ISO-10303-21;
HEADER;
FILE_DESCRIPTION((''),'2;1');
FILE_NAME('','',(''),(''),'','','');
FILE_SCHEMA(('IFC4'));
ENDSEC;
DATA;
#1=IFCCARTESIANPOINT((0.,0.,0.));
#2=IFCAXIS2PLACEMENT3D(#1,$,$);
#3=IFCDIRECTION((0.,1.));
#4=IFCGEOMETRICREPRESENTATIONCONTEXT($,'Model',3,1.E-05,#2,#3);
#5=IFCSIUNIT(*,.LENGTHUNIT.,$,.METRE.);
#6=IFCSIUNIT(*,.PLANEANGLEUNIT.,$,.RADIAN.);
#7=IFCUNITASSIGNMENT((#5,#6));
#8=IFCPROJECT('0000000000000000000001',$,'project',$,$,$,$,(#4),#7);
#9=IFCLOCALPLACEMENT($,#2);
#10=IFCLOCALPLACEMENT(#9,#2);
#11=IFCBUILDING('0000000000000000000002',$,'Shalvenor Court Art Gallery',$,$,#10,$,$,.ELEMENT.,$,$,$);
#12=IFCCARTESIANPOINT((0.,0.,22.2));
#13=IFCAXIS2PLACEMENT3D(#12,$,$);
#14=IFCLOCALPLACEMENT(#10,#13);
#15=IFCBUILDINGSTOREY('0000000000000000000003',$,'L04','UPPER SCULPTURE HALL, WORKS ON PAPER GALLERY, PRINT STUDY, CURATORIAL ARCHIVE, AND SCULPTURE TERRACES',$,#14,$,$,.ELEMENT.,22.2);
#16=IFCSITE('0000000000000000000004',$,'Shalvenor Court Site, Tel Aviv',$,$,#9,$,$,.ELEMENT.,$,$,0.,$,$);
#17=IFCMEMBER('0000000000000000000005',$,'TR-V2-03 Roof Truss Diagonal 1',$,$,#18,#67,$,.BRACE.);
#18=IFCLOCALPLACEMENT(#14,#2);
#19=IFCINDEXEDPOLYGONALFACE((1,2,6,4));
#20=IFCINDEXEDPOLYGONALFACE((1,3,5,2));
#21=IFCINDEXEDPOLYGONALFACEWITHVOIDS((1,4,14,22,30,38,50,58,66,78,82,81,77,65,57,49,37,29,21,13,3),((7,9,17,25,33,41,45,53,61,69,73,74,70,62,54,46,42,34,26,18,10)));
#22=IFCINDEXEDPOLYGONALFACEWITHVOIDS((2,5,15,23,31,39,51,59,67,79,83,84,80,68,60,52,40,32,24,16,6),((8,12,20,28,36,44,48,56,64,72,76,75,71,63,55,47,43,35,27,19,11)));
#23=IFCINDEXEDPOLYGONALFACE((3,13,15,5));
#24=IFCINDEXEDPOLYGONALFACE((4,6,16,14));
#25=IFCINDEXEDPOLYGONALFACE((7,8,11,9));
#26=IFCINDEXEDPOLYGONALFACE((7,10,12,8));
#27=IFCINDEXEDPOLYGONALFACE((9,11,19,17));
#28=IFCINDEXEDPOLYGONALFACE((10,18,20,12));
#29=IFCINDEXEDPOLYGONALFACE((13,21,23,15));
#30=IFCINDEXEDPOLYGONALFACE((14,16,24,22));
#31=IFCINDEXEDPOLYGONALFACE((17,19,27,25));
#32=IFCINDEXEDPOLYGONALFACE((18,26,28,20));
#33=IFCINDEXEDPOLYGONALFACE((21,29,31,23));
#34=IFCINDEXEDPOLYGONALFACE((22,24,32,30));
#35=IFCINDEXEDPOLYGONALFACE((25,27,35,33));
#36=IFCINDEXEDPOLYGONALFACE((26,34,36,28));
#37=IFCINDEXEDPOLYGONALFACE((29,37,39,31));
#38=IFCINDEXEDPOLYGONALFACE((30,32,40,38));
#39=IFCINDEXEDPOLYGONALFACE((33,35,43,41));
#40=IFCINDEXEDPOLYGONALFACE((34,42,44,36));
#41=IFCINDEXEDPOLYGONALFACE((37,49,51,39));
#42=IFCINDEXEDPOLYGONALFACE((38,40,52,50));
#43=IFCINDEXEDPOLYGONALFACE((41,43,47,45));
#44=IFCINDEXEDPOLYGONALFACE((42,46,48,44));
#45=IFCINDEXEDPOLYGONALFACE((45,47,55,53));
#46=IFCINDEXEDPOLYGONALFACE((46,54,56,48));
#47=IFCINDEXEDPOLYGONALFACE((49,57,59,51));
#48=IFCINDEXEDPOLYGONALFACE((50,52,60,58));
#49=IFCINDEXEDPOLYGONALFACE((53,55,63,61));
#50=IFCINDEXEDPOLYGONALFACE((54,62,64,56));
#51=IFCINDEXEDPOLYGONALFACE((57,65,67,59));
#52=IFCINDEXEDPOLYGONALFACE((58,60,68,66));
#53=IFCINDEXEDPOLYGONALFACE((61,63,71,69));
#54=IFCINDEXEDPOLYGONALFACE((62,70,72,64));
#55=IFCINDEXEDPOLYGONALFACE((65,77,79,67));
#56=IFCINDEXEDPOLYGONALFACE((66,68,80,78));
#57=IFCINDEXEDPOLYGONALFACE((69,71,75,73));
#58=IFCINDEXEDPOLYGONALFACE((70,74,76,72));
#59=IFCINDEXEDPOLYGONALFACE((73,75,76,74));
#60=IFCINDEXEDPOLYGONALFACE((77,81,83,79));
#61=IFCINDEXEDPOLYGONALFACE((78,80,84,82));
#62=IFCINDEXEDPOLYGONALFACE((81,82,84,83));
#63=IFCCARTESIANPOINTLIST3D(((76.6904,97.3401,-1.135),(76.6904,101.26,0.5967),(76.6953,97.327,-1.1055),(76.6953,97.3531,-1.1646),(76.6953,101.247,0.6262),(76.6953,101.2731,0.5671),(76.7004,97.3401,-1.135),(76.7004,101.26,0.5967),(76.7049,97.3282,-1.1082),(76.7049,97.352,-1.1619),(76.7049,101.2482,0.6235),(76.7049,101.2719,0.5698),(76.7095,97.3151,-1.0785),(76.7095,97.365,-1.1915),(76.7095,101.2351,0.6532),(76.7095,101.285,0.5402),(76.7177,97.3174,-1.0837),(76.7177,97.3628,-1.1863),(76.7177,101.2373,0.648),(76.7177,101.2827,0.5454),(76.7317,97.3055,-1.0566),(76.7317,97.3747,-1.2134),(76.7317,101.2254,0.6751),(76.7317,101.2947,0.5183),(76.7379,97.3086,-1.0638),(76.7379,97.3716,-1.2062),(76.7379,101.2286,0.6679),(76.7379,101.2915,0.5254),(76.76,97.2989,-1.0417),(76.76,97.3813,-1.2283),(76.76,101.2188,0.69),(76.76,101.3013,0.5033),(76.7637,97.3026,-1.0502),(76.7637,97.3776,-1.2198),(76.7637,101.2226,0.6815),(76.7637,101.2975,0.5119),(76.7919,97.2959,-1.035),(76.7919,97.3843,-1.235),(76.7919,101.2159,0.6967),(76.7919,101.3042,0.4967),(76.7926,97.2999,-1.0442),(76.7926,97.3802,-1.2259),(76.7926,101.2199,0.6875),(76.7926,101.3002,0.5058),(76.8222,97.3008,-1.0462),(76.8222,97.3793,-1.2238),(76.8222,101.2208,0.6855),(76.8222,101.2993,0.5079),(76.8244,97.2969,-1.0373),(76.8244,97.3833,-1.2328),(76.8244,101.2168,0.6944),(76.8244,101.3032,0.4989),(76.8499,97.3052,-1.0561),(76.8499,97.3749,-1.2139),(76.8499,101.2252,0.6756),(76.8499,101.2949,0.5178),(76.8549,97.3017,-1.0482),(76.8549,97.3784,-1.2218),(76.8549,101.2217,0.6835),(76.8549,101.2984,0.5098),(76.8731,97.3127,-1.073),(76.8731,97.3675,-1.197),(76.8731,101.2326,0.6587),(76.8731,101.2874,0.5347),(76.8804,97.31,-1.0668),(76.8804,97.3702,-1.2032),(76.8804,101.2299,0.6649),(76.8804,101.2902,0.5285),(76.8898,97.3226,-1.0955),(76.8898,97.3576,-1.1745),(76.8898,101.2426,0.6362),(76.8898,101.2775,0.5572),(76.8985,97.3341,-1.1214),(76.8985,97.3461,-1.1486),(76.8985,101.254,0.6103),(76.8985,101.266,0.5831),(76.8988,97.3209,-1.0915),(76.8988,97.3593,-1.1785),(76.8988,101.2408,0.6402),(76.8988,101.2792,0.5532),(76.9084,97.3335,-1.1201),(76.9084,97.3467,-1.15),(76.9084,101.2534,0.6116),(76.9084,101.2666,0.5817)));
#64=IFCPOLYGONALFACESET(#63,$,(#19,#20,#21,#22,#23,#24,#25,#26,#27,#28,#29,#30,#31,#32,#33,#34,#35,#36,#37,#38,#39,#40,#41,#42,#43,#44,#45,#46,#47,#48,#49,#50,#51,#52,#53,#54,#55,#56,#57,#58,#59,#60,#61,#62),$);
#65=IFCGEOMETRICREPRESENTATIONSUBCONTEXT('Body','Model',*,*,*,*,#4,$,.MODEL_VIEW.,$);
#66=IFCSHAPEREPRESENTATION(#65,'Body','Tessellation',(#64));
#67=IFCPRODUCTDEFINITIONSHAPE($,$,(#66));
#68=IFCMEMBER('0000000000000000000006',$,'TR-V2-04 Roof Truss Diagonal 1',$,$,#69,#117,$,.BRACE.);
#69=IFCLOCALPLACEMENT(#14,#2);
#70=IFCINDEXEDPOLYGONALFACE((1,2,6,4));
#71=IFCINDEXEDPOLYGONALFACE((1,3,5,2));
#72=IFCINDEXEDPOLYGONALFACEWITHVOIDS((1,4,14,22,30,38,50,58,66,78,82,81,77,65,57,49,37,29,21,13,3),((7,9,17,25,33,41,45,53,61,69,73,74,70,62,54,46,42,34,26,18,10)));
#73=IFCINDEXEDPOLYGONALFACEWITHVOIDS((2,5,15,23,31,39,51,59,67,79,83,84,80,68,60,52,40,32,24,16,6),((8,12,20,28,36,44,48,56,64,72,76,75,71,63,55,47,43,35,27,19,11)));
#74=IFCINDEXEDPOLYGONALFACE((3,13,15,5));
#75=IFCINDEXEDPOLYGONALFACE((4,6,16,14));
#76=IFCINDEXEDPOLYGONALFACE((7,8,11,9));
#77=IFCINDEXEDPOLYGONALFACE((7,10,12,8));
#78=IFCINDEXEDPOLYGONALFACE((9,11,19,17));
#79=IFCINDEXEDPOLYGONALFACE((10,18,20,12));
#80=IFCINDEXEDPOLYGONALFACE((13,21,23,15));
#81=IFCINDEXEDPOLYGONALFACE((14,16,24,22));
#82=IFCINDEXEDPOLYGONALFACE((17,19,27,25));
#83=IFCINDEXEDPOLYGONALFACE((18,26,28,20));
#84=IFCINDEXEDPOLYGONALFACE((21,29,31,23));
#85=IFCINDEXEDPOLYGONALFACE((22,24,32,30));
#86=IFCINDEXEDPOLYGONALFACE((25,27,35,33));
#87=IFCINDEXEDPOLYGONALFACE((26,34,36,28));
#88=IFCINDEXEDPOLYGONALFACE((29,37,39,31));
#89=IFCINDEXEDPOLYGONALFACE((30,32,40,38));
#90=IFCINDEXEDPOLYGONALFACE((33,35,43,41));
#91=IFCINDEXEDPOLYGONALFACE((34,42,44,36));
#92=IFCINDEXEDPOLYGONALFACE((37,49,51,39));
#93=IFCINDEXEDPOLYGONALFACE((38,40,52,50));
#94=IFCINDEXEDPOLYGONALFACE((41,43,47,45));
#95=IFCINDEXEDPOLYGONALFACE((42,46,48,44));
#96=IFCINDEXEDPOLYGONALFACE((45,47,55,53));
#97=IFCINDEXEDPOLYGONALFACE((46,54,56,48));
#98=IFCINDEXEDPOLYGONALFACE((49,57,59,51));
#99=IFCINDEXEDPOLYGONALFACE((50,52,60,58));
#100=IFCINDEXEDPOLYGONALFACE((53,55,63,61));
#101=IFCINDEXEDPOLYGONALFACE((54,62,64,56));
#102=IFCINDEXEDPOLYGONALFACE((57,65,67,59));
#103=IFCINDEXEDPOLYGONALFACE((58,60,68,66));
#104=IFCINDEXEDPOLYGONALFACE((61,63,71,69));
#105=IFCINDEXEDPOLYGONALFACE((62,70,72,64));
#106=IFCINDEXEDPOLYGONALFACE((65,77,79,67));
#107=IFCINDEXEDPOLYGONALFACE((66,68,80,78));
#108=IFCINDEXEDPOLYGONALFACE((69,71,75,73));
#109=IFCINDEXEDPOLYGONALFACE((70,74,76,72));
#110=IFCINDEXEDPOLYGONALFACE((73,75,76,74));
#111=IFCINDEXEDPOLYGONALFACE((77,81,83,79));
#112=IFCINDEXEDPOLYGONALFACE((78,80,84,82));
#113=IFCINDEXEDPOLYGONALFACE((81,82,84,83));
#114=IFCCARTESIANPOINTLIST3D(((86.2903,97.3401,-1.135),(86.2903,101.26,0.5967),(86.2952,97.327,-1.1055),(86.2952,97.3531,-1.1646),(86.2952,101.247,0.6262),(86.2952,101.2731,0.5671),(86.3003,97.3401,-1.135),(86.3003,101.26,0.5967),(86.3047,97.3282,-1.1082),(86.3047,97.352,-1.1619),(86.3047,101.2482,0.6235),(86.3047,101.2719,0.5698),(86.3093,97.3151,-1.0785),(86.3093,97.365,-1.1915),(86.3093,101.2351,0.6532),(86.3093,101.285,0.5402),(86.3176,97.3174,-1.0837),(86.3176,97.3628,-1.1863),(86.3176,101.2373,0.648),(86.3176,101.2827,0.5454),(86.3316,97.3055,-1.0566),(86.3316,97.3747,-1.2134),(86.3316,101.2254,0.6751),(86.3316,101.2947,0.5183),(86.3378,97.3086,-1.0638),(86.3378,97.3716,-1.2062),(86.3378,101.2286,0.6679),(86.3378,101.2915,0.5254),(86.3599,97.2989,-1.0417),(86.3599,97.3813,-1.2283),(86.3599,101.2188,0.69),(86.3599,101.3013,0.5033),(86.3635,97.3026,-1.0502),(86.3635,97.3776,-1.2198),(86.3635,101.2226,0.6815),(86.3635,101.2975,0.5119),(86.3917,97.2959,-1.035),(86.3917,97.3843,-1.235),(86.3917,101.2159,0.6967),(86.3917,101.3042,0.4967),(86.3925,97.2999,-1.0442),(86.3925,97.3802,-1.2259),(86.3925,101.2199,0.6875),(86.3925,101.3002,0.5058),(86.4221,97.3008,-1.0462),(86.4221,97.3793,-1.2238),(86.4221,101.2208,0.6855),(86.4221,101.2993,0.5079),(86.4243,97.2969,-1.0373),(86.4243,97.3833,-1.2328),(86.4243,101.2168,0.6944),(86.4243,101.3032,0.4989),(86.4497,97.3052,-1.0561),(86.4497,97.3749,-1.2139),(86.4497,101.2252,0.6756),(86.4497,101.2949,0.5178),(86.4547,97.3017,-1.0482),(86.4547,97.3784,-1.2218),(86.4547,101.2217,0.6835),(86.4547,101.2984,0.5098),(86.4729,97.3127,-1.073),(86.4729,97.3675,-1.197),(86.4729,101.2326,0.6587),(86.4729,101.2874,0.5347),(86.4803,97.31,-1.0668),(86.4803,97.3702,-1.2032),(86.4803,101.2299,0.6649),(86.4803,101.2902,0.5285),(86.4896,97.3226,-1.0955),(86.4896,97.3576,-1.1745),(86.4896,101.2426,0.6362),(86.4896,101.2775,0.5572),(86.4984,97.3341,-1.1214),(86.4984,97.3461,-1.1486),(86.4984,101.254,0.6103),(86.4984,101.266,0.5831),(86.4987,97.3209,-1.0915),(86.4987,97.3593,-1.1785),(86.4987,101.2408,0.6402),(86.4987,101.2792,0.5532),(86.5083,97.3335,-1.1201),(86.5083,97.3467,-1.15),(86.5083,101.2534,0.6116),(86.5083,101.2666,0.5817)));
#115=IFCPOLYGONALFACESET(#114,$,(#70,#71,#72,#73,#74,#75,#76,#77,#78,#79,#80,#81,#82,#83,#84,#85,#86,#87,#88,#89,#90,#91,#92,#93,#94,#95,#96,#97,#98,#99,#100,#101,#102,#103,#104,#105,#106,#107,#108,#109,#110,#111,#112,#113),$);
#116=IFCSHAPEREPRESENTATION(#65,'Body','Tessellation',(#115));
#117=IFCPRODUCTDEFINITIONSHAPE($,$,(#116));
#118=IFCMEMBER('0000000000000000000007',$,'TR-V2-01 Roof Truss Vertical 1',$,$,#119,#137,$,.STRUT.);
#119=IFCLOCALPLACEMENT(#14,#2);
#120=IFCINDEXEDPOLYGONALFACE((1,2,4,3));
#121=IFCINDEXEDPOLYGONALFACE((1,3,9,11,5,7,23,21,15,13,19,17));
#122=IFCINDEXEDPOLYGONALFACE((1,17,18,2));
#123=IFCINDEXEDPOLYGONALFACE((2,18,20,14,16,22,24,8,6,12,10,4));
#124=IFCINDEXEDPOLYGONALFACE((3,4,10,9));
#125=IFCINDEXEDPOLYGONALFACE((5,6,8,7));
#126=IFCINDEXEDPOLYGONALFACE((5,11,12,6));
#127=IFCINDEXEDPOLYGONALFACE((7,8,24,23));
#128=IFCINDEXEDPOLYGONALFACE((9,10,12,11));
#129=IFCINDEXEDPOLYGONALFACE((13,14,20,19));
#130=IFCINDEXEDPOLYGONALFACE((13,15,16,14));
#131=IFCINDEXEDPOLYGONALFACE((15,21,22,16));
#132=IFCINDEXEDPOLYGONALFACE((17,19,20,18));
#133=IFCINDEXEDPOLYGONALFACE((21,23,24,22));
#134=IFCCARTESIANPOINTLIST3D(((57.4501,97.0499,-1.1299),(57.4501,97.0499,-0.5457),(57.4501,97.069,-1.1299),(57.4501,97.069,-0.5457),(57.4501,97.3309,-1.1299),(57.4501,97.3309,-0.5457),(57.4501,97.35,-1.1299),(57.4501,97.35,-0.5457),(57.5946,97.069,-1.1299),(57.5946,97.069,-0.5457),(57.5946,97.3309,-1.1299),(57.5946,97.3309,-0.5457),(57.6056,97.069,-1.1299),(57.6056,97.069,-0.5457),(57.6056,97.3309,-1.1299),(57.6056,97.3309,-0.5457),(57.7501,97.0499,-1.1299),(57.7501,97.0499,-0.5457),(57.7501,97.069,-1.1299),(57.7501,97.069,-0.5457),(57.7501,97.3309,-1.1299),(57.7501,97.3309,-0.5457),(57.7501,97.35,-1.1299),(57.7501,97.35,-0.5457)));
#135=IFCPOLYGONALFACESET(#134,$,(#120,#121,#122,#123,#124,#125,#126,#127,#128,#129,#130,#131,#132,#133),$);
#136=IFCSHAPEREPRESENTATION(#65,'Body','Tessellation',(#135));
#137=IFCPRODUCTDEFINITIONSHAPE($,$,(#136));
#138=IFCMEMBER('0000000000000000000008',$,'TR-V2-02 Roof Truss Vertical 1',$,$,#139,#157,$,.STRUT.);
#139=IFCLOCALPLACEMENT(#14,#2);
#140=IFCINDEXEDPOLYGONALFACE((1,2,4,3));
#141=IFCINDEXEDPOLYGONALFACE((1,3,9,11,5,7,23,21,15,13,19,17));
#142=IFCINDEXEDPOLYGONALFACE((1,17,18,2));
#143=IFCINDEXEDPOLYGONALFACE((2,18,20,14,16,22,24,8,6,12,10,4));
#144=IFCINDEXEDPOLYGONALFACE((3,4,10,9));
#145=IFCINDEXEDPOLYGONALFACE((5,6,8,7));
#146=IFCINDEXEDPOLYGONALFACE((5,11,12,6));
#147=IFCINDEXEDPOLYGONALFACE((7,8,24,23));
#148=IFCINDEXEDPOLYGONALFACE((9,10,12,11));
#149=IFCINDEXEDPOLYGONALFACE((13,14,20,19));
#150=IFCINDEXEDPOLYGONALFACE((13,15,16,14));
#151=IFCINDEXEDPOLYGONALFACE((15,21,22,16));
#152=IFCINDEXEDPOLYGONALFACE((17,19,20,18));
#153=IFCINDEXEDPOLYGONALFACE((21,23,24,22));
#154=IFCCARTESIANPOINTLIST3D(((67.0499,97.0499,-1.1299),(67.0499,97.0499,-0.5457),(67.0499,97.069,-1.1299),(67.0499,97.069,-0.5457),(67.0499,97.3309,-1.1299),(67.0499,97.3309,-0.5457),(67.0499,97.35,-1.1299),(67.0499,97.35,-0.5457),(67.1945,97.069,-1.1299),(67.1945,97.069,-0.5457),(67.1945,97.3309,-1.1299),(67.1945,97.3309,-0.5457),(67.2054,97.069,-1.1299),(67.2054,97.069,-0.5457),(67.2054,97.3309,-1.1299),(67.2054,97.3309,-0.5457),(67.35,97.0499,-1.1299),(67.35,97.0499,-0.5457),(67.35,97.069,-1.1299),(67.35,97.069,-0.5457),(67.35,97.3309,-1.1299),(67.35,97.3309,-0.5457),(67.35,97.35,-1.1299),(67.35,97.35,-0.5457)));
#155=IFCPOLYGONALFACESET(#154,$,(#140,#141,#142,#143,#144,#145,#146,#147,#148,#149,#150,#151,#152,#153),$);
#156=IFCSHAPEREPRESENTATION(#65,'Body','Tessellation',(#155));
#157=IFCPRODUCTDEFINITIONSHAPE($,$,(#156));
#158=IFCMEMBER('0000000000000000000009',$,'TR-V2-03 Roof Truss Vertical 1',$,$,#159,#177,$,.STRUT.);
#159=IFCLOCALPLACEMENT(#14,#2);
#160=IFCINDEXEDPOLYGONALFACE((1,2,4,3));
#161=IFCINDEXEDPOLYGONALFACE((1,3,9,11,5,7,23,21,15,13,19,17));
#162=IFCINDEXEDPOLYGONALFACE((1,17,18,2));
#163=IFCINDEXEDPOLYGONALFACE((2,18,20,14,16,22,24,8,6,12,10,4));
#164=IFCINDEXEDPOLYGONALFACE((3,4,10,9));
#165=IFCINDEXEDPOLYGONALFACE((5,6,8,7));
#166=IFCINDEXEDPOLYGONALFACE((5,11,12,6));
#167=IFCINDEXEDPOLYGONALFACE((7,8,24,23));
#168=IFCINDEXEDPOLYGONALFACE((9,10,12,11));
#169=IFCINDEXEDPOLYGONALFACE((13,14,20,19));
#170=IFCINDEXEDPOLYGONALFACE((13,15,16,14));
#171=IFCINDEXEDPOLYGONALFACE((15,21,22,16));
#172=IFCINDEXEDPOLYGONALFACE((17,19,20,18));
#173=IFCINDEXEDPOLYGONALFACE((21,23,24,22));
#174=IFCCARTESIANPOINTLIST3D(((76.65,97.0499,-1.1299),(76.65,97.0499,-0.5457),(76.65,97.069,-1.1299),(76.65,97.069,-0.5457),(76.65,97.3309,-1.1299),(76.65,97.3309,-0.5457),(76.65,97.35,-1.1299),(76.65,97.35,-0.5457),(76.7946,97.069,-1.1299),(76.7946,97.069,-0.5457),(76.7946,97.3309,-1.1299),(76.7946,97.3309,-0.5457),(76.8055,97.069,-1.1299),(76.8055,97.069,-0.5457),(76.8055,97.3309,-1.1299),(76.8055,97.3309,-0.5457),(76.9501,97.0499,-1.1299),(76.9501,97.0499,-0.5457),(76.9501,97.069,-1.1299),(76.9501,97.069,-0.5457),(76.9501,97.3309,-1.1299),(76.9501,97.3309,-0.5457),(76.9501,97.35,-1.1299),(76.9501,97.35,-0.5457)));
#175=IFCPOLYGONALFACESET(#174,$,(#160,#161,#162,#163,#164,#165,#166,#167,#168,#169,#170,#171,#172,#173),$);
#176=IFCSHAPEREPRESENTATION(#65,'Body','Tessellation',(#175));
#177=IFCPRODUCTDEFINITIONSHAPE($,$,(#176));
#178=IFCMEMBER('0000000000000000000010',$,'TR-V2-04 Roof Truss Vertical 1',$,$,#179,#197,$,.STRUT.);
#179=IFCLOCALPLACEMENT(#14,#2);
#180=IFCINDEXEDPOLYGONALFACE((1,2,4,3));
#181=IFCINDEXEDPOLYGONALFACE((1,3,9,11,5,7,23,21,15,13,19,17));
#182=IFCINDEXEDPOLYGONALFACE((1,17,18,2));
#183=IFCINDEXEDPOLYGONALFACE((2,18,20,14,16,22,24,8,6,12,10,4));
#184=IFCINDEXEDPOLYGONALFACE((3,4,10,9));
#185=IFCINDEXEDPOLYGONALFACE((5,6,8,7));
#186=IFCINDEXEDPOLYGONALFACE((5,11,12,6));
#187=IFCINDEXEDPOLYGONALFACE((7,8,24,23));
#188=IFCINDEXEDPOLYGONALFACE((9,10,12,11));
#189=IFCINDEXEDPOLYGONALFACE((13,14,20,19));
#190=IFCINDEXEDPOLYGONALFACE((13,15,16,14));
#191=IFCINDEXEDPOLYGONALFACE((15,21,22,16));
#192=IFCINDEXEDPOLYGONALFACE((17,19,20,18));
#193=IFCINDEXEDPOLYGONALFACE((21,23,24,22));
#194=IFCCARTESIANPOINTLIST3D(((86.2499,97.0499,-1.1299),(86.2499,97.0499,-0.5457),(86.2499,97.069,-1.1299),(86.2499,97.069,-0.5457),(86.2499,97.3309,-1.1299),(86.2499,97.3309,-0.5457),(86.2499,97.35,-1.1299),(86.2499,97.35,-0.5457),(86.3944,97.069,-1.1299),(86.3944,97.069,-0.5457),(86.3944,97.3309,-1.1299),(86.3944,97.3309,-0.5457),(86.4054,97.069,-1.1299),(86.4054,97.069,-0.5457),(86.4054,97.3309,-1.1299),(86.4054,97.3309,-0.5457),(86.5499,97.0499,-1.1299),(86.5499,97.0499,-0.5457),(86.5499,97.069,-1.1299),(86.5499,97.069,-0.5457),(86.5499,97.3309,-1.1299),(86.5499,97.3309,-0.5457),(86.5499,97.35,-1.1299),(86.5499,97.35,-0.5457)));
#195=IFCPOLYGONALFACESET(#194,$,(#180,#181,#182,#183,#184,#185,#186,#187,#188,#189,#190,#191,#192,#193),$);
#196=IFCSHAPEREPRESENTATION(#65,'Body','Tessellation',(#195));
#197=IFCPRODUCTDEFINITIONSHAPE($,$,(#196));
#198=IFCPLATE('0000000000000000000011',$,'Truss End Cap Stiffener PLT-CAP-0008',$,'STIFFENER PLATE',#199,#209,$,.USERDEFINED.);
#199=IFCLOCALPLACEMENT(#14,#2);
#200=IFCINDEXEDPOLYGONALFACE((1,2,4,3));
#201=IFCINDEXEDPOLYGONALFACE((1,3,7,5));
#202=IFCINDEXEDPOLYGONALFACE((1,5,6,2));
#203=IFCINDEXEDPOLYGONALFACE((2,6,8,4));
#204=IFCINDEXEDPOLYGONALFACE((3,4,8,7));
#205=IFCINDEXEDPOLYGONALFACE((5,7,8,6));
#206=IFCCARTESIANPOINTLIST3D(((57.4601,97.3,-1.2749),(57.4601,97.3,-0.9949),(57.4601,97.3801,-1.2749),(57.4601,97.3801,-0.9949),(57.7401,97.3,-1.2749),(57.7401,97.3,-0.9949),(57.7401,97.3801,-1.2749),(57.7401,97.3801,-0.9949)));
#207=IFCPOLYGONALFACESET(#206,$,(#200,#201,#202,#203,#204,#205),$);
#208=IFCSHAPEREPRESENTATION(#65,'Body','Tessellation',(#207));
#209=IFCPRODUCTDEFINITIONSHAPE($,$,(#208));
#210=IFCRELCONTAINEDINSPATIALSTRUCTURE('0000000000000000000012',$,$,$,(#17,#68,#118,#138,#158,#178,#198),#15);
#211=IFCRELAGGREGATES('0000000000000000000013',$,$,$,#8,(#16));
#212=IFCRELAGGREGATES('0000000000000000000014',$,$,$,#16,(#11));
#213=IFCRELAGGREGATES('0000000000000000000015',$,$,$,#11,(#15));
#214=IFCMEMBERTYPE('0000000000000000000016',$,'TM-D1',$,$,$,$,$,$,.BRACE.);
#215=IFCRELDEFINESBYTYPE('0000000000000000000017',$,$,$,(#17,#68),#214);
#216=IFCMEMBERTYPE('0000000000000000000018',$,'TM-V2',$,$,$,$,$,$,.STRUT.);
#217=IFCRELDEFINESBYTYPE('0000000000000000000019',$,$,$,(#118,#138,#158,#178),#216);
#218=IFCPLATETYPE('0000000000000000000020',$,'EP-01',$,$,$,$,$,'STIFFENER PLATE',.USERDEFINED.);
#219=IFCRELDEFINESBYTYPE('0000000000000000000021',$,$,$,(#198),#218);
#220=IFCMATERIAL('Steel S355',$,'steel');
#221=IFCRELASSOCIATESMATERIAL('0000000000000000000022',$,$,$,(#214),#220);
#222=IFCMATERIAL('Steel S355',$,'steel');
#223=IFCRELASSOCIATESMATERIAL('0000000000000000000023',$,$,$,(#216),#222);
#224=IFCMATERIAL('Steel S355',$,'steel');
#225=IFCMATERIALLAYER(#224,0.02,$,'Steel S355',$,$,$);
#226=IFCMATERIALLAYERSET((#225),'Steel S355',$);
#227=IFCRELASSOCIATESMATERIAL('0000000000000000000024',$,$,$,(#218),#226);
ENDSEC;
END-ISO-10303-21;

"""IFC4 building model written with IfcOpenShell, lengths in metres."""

from ifc_helpers import new_model, si_unit, direction, frame, origin, origin_2d, place, context, subcontext, project, spatial, rectangle, hollow_circle, i_section, extrude, material, layer, layer_set, material_profile, profile_set, type_object, element, save


model = new_model("IFC4")

# Units and contexts
model_context = context("Model", 3, precision=1e-05, world=origin(), true_north=direction((0.0, 1.0)))
body_context = subcontext(model_context, "Body", "Model", "MODEL_VIEW")
ifc_project = project(units=[si_unit("LENGTHUNIT", "METRE"), si_unit("PLANEANGLEUNIT", "RADIAN")], contexts=[model_context])

# Site, building, storey
site_placement = place(None, origin())
site = spatial("IfcSite", under=ifc_project, at=site_placement, Name="Shalvenor Court Site, Tel Aviv", CompositionType="ELEMENT", RefElevation=0.0)
building_placement = place(site_placement, origin())
building = spatial("IfcBuilding", under=site, at=building_placement, Name="Shalvenor Court Art Gallery", CompositionType="ELEMENT")
storey_placement = place(building_placement, frame((0.0, 0.0, 22.2)))
storey = spatial("IfcBuildingStorey", under=building, at=storey_placement, Name="L04", Description="UPPER SCULPTURE HALL, WORKS ON PAPER GALLERY, PRINT STUDY, CURATORIAL ARCHIVE, AND SCULPTURE TERRACES", CompositionType="ELEMENT", Elevation=22.2)

# Members
ifc_material_1 = material(Name="Steel S355", Category="steel")
ifc_material_profile_1 = material_profile(ifc_material_1, hollow_circle(Radius=0.1096, WallThickness=0.01, at=origin_2d()), Name="CHS 219.1x10.0")
ifc_profile_set_1 = profile_set([ifc_material_profile_1], Name="Steel S355")
member_type_1 = type_object("IfcMemberType", Name="TM-D1", PredefinedType="BRACE", material=ifc_profile_set_1)
for number, where, z_axis, x_axis, name in (
    (1, (76.8, 97.3401, -1.135), (0.0, 0.914718, 0.404092), (-1.0, 0.0, 0.0), "TR-V2-03 Roof Truss Diagonal 1"),
    (2, (86.3999, 97.3401, -1.135), (0.0, 0.914718, 0.404092), (-1.0, 0.0, 0.0), "TR-V2-04 Roof Truss Diagonal 1"),
):
    element("IfcMember", number, at=place(storey_placement, frame(where, z_axis=z_axis, x_axis=x_axis)), inside=storey, type_object=member_type_1, Name=name, PredefinedType="BRACE", context=body_context, shape_type="SweptSolid", body=[
        extrude(hollow_circle(Radius=0.1096, WallThickness=0.01, at=origin_2d()), origin(), (0.0, 0.0, 1.0), 4.2854),
    ])
ifc_material_2 = material(Name="Steel S355", Category="steel")
ifc_material_profile_2 = material_profile(ifc_material_2, i_section(OverallWidth=0.3, OverallDepth=0.3, WebThickness=0.011, FlangeThickness=0.019, at=origin_2d()), Name="HEB 300")
ifc_profile_set_2 = profile_set([ifc_material_profile_2], Name="Steel S355")
member_type_2 = type_object("IfcMemberType", Name="TM-V2", PredefinedType="STRUT", material=ifc_profile_set_2)
for number, where, z_axis, x_axis, name in (
    (3, (57.6001, 97.2, -1.1299), (0.0, 0.0, 1.0), (1.0, 0.0, 0.0), "TR-V2-01 Roof Truss Vertical 1"),
    (4, (67.2, 97.2, -1.1299), (0.0, 0.0, 1.0), (1.0, 0.0, 0.0), "TR-V2-02 Roof Truss Vertical 1"),
    (5, (76.8, 97.2, -1.1299), (0.0, 0.0, 1.0), (1.0, 0.0, 0.0), "TR-V2-03 Roof Truss Vertical 1"),
    (6, (86.3999, 97.2, -1.1299), (0.0, 0.0, 1.0), (1.0, 0.0, 0.0), "TR-V2-04 Roof Truss Vertical 1"),
):
    element("IfcMember", number, at=place(storey_placement, frame(where, z_axis=z_axis, x_axis=x_axis)), inside=storey, type_object=member_type_2, Name=name, PredefinedType="STRUT", context=body_context, shape_type="SweptSolid", body=[
        extrude(i_section(OverallWidth=0.3, OverallDepth=0.3, WebThickness=0.011, FlangeThickness=0.019, at=origin_2d()), origin(), (0.0, 0.0, 1.0), 0.5842),
    ])

# Plate
ifc_material_3 = material(Name="Steel S355", Category="steel")
ifc_layer_1 = layer(ifc_material_3, 0.02, Name="Steel S355")
ifc_layer_set_1 = layer_set([ifc_layer_1], Name="Steel S355")
plate_type_1 = type_object("IfcPlateType", Name="EP-01", ElementType="STIFFENER PLATE", PredefinedType="USERDEFINED", material=ifc_layer_set_1)
for number, where, z_axis, x_axis, name in (
    (7, (57.6001, 97.3401, -1.2749), (0.0, 0.0, 1.0), (1.0, 0.0, 0.0), "Truss End Cap Stiffener PLT-CAP-0008"),
):
    element("IfcPlate", number, at=place(storey_placement, frame(where, z_axis=z_axis, x_axis=x_axis)), inside=storey, type_object=plate_type_1, Name=name, ObjectType="STIFFENER PLATE", PredefinedType="USERDEFINED", context=body_context, shape_type="SweptSolid", body=[
        extrude(rectangle(XDim=0.28, YDim=0.0801, at=origin_2d()), origin(), (0.0, 0.0, 1.0), 0.28),
    ])

save(model, "model.ifc")
